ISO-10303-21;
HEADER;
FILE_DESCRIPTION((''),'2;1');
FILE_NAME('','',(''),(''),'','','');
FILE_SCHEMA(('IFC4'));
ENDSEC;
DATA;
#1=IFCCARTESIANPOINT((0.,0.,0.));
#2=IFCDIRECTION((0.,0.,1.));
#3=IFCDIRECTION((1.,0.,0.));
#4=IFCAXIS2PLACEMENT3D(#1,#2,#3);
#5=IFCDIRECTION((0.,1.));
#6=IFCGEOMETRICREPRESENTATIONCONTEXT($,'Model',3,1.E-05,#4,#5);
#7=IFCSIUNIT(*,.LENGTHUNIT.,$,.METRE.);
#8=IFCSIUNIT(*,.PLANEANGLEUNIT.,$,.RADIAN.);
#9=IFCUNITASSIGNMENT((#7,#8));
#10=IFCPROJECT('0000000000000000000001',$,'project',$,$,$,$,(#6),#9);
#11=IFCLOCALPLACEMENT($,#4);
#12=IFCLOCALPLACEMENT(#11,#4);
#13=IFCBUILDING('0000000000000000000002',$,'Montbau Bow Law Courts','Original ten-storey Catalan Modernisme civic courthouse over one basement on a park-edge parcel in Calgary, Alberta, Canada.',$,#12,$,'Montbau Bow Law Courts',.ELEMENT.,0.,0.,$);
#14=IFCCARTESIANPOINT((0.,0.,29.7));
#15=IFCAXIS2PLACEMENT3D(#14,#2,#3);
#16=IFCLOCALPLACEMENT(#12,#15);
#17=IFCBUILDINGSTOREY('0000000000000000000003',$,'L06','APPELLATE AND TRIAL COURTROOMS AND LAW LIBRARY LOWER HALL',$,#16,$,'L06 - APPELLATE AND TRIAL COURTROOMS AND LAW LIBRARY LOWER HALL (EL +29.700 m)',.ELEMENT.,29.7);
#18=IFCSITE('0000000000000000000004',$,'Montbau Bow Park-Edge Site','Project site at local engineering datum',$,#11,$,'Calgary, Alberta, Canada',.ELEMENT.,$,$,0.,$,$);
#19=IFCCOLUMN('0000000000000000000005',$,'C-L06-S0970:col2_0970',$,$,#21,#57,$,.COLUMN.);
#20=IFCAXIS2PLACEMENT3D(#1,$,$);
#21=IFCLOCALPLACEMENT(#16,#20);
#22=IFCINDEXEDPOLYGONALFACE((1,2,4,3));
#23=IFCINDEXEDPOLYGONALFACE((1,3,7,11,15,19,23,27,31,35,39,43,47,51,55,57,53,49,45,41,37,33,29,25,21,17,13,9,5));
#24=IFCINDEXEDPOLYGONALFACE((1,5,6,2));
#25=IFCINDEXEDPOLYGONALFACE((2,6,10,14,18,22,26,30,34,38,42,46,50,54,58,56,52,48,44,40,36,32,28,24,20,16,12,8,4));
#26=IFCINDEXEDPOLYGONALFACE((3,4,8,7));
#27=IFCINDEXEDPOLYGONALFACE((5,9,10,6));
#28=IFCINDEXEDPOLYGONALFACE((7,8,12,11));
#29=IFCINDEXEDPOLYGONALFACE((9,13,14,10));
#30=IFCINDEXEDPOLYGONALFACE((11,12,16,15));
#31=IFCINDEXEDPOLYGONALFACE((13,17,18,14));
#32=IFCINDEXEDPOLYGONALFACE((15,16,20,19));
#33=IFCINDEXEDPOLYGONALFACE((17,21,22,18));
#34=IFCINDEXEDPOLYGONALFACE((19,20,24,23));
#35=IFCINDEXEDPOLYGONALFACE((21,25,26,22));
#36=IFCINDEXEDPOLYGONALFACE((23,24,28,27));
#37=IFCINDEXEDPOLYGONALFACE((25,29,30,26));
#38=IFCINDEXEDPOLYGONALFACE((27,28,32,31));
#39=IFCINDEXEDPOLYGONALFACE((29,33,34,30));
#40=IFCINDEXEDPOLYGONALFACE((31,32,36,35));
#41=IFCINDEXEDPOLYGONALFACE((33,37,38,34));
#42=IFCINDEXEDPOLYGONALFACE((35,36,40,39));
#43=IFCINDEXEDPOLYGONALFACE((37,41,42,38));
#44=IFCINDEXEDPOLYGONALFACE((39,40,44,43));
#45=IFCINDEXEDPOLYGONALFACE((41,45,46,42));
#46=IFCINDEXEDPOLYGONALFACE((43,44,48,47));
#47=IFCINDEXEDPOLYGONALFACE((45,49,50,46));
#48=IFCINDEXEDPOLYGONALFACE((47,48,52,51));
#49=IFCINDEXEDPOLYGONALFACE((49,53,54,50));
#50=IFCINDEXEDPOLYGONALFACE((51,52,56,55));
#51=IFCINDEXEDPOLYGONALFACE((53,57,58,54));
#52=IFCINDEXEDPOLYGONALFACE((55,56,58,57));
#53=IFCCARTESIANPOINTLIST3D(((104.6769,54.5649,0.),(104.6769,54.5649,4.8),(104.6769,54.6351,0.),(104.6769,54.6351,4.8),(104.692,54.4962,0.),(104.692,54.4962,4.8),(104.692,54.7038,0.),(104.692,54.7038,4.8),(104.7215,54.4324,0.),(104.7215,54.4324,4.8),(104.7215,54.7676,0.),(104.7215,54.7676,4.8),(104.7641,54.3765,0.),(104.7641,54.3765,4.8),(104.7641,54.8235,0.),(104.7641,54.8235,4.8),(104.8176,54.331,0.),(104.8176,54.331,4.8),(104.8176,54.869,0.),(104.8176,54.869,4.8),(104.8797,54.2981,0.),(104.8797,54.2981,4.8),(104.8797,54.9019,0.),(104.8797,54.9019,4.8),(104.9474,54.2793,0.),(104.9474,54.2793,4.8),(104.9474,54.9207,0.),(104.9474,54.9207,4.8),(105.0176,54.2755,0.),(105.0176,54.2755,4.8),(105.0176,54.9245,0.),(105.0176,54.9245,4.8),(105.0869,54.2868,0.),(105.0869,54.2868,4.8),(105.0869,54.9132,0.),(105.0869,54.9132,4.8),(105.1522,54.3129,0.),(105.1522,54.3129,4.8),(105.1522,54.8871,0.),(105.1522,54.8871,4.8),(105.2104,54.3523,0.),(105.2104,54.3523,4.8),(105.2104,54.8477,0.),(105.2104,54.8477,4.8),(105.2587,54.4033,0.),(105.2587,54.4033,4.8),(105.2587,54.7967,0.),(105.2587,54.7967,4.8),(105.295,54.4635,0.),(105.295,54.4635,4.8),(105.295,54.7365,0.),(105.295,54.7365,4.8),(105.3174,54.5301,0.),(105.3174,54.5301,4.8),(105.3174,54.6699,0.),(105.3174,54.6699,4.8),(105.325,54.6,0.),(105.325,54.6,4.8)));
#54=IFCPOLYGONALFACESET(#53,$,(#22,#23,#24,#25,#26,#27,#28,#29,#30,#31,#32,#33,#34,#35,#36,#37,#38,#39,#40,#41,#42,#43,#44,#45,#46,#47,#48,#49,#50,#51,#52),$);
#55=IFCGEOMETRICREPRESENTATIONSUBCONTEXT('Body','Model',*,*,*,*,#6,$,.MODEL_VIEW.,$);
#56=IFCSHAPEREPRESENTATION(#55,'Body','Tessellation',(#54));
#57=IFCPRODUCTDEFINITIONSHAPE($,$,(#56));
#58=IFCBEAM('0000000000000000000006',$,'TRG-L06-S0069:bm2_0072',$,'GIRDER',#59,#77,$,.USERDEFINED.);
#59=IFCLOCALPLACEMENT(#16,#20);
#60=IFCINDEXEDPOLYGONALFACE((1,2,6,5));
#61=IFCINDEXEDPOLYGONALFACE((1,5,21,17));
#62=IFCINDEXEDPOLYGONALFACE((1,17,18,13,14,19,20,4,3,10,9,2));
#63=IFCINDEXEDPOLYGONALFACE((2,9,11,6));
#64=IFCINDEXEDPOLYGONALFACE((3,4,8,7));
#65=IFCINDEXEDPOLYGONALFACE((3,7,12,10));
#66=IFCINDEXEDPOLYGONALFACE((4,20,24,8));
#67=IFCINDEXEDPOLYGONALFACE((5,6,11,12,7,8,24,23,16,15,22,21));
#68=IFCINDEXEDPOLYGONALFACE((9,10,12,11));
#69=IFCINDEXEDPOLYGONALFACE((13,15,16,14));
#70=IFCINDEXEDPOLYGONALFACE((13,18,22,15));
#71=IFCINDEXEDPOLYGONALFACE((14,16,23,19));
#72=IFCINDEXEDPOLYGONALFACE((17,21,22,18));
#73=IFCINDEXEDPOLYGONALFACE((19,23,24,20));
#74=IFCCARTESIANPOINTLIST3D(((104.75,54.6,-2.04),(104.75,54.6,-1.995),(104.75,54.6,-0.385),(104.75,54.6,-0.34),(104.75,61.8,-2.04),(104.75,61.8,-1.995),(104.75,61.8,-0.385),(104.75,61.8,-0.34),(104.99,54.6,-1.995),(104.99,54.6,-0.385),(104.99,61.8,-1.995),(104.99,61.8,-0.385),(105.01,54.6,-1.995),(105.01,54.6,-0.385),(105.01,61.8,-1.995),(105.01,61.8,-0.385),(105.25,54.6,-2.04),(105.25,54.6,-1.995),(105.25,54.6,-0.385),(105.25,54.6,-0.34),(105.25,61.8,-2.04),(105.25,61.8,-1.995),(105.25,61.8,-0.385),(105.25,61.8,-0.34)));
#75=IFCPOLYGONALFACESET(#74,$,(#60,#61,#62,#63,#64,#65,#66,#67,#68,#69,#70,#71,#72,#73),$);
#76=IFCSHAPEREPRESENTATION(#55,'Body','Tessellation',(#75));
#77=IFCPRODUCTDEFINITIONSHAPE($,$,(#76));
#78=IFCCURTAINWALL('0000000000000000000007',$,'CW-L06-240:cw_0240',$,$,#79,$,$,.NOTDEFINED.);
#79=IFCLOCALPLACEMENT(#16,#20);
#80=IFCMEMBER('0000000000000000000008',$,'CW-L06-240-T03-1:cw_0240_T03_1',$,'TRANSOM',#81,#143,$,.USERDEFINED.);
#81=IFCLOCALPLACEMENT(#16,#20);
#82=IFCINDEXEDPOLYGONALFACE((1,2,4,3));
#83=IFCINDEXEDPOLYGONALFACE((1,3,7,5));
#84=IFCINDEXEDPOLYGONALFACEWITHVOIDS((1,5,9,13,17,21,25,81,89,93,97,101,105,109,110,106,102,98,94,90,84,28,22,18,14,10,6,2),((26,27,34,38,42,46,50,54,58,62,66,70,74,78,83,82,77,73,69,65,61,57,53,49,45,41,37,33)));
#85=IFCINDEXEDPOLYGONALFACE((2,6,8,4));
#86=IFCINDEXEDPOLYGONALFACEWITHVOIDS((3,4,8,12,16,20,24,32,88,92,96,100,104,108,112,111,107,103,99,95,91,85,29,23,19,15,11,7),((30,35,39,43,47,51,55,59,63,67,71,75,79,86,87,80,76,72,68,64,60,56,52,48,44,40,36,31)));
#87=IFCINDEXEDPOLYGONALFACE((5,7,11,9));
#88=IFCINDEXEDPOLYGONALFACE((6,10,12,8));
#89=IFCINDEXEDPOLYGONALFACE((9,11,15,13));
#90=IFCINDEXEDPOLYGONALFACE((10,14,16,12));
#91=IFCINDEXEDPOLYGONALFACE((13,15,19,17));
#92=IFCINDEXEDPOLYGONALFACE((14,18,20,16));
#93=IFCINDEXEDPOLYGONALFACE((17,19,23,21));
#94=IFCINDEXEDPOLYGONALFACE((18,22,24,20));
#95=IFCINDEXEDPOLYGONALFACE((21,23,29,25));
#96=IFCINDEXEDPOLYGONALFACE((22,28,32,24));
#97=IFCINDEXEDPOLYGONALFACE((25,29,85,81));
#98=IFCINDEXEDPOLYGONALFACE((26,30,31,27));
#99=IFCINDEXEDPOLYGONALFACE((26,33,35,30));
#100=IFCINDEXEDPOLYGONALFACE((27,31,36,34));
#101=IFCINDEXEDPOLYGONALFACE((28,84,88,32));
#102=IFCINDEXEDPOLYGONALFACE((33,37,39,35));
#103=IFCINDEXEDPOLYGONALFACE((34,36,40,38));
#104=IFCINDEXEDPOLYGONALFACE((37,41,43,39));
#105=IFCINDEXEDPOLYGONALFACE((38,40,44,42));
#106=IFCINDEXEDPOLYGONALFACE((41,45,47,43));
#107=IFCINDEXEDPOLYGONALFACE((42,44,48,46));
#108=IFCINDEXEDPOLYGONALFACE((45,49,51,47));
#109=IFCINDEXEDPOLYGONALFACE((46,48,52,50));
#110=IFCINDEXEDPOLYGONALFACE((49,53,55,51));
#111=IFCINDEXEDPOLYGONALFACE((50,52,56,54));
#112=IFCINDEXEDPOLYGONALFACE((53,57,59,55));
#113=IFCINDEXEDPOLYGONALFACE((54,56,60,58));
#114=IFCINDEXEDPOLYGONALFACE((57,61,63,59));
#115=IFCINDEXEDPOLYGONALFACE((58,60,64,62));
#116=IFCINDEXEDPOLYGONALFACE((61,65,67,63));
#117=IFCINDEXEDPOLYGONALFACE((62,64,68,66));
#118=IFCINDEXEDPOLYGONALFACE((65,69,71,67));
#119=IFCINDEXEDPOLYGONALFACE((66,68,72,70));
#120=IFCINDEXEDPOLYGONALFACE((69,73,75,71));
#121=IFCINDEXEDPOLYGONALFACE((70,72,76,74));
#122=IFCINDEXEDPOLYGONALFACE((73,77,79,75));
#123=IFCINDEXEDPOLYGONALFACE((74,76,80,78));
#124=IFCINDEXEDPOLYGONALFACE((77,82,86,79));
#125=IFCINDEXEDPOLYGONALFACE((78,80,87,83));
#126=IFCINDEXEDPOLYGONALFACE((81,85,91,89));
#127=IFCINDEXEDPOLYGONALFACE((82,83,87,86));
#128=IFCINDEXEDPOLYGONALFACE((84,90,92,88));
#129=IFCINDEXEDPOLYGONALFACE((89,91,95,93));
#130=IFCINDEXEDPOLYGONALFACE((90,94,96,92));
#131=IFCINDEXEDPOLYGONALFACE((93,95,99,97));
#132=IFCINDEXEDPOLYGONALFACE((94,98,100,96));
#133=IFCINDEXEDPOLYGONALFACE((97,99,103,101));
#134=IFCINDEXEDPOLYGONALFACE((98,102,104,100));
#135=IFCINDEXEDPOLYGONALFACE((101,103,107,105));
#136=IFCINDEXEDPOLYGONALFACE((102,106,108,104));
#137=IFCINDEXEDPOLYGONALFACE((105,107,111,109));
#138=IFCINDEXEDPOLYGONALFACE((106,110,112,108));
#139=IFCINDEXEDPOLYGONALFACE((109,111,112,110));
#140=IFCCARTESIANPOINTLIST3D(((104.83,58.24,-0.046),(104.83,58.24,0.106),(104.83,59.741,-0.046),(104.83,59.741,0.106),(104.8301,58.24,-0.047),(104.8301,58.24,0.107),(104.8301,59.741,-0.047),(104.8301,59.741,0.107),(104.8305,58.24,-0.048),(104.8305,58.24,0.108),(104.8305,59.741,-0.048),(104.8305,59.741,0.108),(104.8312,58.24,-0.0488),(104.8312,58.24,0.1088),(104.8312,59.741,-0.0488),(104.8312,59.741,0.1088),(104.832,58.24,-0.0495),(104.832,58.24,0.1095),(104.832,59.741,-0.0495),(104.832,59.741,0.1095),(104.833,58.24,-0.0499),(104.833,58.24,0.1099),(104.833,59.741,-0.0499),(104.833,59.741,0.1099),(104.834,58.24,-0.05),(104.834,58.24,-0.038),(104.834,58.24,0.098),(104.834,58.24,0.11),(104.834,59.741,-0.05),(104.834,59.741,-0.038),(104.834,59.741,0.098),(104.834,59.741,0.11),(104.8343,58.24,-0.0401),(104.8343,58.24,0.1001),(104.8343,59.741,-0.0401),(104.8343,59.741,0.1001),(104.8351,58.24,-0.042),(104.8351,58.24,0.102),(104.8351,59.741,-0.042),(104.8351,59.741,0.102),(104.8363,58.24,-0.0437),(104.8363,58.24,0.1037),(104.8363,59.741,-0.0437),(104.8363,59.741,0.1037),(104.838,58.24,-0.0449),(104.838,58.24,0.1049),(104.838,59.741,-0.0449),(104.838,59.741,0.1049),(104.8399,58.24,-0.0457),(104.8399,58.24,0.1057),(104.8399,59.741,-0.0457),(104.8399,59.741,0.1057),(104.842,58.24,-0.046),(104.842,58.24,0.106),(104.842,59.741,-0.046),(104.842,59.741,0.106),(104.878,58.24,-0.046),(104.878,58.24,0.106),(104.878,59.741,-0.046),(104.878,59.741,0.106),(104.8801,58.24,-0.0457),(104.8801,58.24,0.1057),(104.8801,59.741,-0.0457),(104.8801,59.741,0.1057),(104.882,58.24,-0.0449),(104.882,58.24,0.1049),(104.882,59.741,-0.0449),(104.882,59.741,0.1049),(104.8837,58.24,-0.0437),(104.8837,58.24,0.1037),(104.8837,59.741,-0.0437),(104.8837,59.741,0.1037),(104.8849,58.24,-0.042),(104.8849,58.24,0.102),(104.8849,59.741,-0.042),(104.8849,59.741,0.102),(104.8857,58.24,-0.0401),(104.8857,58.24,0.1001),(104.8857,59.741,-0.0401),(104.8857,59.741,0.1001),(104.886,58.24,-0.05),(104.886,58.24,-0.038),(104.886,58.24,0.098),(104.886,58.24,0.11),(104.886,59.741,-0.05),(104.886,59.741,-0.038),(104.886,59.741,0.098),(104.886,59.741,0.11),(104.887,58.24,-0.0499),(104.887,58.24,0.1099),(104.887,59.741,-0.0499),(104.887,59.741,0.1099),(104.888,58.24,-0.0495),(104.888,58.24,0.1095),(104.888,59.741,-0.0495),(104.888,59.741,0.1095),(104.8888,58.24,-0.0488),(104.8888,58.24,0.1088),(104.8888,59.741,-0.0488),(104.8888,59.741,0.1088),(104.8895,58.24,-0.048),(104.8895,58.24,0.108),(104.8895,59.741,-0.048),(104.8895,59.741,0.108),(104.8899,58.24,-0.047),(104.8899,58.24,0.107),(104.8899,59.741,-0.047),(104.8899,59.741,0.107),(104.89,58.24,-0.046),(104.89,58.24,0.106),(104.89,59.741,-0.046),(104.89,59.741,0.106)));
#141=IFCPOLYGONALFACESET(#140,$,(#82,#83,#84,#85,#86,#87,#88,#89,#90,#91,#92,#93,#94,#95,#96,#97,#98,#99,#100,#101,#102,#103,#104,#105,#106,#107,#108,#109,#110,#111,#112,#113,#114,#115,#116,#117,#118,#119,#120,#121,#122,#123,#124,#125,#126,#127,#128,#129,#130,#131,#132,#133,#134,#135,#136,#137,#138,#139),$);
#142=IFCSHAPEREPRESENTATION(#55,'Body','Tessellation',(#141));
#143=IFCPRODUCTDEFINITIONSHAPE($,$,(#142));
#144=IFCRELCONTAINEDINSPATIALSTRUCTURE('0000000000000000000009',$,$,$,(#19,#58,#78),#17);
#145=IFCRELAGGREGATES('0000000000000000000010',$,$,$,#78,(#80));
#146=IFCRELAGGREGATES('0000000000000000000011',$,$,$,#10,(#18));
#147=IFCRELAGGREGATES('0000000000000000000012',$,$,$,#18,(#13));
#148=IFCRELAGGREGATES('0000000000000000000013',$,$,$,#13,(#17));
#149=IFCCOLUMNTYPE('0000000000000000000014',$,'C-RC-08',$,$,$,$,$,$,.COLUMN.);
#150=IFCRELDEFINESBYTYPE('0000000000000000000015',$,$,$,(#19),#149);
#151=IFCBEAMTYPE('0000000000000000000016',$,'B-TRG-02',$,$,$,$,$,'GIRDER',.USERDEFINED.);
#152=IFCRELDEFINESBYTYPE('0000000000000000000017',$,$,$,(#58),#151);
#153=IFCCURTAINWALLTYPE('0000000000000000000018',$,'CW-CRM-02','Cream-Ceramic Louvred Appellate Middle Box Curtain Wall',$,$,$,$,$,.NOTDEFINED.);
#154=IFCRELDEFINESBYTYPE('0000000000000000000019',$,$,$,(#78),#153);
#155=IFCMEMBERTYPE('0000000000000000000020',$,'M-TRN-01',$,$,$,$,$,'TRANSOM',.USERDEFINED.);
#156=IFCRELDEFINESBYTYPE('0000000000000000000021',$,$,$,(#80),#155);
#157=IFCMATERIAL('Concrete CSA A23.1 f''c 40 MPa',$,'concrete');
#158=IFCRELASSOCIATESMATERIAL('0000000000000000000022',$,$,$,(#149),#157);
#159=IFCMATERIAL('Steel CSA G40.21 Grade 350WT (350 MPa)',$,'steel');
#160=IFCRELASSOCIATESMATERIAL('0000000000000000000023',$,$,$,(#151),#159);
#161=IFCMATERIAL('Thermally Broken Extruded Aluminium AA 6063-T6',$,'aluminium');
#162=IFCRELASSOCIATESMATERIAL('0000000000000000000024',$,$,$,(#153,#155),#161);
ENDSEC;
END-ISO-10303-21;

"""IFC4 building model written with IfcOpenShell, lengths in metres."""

from ifc_helpers import new_model, si_unit, direction, frame, origin_with_axes, origin_2d_with_axis, place, context, subcontext, project, spatial, hollow_rectangle, circle, i_section, extrude, material, material_profile, profile_set, type_object, element, aggregate, save


model = new_model("IFC4")

# Units and contexts
model_context = context("Model", 3, precision=1e-05, world=origin_with_axes(), true_north=direction((0.0, 1.0)))
body_context = subcontext(model_context, "Body", "Model", "MODEL_VIEW")
ifc_project = project(units=[si_unit("LENGTHUNIT", "METRE"), si_unit("PLANEANGLEUNIT", "RADIAN")], contexts=[model_context])

# Site, building, storey
site_placement = place(None, origin_with_axes())
site = spatial("IfcSite", under=ifc_project, at=site_placement, Name="Montbau Bow Park-Edge Site", Description="Project site at local engineering datum", LongName="Calgary, Alberta, Canada", CompositionType="ELEMENT", RefElevation=0.0)
building_placement = place(site_placement, origin_with_axes())
building = spatial("IfcBuilding", under=site, at=building_placement, Name="Montbau Bow Law Courts", Description="Original ten-storey Catalan Modernisme civic courthouse over one basement on a park-edge parcel in Calgary, Alberta, Canada.", LongName="Montbau Bow Law Courts", CompositionType="ELEMENT", ElevationOfRefHeight=0.0, ElevationOfTerrain=0.0)
storey_placement = place(building_placement, frame((0.0, 0.0, 29.7), z_axis=(0.0, 0.0, 1.0), x_axis=(1.0, 0.0, 0.0)))
storey = spatial("IfcBuildingStorey", under=building, at=storey_placement, Name="L06", Description="APPELLATE AND TRIAL COURTROOMS AND LAW LIBRARY LOWER HALL", LongName="L06 - APPELLATE AND TRIAL COURTROOMS AND LAW LIBRARY LOWER HALL (EL +29.700 m)", CompositionType="ELEMENT", Elevation=29.7)

# Column
ifc_material_1 = material(Name="Concrete CSA A23.1 f'c 40 MPa", Category="concrete")
ifc_material_profile_1 = material_profile(ifc_material_1, circle(Radius=0.325, at=origin_2d_with_axis()), Name="RC650D", Category="Main", Priority=0)
ifc_profile_set_1 = profile_set([ifc_material_profile_1], Name="Concrete CSA A23.1 f'c 40 MPa")
column_type = type_object("IfcColumnType", Name="C-RC-08", PredefinedType="COLUMN", material=ifc_profile_set_1)
column_placement = place(None, frame((105.0, 54.6, 29.7), z_axis=(0.0, 0.0, 1.0), x_axis=(1.0, 0.0, 0.0)))
element("IfcColumn", 1, at=column_placement, inside=storey, type_object=column_type, Name="C-L06-S0970:col2_0970", PredefinedType="COLUMN", context=body_context, shape_type="SweptSolid", body=[
    extrude(circle(Radius=0.325, at=origin_2d_with_axis()), origin_with_axes(), (0.0, 0.0, 1.0), 4.8),
])

# Beam
ifc_material_2 = material(Name="Steel CSA G40.21 Grade 350WT (350 MPa)", Category="steel")
ifc_material_profile_2 = material_profile(ifc_material_2, i_section(OverallWidth=0.5, OverallDepth=1.7, WebThickness=0.02, FlangeThickness=0.045, at=origin_2d_with_axis()), Name="WWF1700X480", Category="Main", Priority=0)
ifc_profile_set_2 = profile_set([ifc_material_profile_2], Name="Steel CSA G40.21 Grade 350WT (350 MPa)")
beam_type = type_object("IfcBeamType", Name="B-TRG-02", ElementType="GIRDER", PredefinedType="USERDEFINED", material=ifc_profile_set_2)
beam_placement = place(None, frame((105.0, 54.6, 28.51), z_axis=(0.0, 1.0, 0.0), x_axis=(-1.0, 0.0, 0.0)))
element("IfcBeam", 2, at=beam_placement, inside=storey, type_object=beam_type, Name="TRG-L06-S0069:bm2_0072", ObjectType="GIRDER", PredefinedType="USERDEFINED", context=body_context, shape_type="SweptSolid", body=[
    extrude(i_section(OverallWidth=0.5, OverallDepth=1.7, WebThickness=0.02, FlangeThickness=0.045, at=origin_2d_with_axis()), origin_with_axes(), (0.0, 0.0, 1.0), 7.2),
])

# Curtain wall, member
ifc_material_3 = material(Name="Thermally Broken Extruded Aluminium AA 6063-T6", Category="aluminium")
curtain_wall_type = type_object("IfcCurtainWallType", Name="CW-CRM-02", Description="Cream-Ceramic Louvred Appellate Middle Box Curtain Wall", PredefinedType="NOTDEFINED", material=ifc_material_3)
curtain_wall_placement = place(None, frame((104.86, 55.04, 29.7), z_axis=(0.0, 0.0, 1.0), x_axis=(1.0, 0.0, 0.0)))
curtain_wall = element("IfcCurtainWall", 3, at=curtain_wall_placement, inside=storey, type_object=curtain_wall_type, Name="CW-L06-240:cw_0240", PredefinedType="NOTDEFINED")
ifc_material_profile_3 = material_profile(ifc_material_3, hollow_rectangle(XDim=0.06, YDim=0.16, WallThickness=0.004, InnerFilletRadius=0.008, OuterFilletRadius=0.004, at=origin_2d_with_axis()), Name="CWT-160X60", Category="Main", Priority=0)
ifc_profile_set_3 = profile_set([ifc_material_profile_3], Name="Thermally Broken Extruded Aluminium AA 6063-T6")
member_type = type_object("IfcMemberType", Name="M-TRN-01", ElementType="TRANSOM", PredefinedType="USERDEFINED", material=ifc_profile_set_3)
member_1_placement = place(None, frame((104.86, 58.24, 29.73), z_axis=(0.0, 1.0, 0.0), x_axis=(-1.0, 0.0, 0.0)))
member_1 = element("IfcMember", 4, at=member_1_placement, type_object=member_type, Name="CW-L06-240-T03-1:cw_0240_T03_1", ObjectType="TRANSOM", PredefinedType="USERDEFINED", context=body_context, shape_type="SweptSolid", body=[
    extrude(hollow_rectangle(XDim=0.06, YDim=0.16, WallThickness=0.004, InnerFilletRadius=0.008, OuterFilletRadius=0.004, at=origin_2d_with_axis()), origin_with_axes(), (0.0, 0.0, 1.0), 1.501),
])
aggregate(curtain_wall, [member_1])

save(model, "model.ifc")
